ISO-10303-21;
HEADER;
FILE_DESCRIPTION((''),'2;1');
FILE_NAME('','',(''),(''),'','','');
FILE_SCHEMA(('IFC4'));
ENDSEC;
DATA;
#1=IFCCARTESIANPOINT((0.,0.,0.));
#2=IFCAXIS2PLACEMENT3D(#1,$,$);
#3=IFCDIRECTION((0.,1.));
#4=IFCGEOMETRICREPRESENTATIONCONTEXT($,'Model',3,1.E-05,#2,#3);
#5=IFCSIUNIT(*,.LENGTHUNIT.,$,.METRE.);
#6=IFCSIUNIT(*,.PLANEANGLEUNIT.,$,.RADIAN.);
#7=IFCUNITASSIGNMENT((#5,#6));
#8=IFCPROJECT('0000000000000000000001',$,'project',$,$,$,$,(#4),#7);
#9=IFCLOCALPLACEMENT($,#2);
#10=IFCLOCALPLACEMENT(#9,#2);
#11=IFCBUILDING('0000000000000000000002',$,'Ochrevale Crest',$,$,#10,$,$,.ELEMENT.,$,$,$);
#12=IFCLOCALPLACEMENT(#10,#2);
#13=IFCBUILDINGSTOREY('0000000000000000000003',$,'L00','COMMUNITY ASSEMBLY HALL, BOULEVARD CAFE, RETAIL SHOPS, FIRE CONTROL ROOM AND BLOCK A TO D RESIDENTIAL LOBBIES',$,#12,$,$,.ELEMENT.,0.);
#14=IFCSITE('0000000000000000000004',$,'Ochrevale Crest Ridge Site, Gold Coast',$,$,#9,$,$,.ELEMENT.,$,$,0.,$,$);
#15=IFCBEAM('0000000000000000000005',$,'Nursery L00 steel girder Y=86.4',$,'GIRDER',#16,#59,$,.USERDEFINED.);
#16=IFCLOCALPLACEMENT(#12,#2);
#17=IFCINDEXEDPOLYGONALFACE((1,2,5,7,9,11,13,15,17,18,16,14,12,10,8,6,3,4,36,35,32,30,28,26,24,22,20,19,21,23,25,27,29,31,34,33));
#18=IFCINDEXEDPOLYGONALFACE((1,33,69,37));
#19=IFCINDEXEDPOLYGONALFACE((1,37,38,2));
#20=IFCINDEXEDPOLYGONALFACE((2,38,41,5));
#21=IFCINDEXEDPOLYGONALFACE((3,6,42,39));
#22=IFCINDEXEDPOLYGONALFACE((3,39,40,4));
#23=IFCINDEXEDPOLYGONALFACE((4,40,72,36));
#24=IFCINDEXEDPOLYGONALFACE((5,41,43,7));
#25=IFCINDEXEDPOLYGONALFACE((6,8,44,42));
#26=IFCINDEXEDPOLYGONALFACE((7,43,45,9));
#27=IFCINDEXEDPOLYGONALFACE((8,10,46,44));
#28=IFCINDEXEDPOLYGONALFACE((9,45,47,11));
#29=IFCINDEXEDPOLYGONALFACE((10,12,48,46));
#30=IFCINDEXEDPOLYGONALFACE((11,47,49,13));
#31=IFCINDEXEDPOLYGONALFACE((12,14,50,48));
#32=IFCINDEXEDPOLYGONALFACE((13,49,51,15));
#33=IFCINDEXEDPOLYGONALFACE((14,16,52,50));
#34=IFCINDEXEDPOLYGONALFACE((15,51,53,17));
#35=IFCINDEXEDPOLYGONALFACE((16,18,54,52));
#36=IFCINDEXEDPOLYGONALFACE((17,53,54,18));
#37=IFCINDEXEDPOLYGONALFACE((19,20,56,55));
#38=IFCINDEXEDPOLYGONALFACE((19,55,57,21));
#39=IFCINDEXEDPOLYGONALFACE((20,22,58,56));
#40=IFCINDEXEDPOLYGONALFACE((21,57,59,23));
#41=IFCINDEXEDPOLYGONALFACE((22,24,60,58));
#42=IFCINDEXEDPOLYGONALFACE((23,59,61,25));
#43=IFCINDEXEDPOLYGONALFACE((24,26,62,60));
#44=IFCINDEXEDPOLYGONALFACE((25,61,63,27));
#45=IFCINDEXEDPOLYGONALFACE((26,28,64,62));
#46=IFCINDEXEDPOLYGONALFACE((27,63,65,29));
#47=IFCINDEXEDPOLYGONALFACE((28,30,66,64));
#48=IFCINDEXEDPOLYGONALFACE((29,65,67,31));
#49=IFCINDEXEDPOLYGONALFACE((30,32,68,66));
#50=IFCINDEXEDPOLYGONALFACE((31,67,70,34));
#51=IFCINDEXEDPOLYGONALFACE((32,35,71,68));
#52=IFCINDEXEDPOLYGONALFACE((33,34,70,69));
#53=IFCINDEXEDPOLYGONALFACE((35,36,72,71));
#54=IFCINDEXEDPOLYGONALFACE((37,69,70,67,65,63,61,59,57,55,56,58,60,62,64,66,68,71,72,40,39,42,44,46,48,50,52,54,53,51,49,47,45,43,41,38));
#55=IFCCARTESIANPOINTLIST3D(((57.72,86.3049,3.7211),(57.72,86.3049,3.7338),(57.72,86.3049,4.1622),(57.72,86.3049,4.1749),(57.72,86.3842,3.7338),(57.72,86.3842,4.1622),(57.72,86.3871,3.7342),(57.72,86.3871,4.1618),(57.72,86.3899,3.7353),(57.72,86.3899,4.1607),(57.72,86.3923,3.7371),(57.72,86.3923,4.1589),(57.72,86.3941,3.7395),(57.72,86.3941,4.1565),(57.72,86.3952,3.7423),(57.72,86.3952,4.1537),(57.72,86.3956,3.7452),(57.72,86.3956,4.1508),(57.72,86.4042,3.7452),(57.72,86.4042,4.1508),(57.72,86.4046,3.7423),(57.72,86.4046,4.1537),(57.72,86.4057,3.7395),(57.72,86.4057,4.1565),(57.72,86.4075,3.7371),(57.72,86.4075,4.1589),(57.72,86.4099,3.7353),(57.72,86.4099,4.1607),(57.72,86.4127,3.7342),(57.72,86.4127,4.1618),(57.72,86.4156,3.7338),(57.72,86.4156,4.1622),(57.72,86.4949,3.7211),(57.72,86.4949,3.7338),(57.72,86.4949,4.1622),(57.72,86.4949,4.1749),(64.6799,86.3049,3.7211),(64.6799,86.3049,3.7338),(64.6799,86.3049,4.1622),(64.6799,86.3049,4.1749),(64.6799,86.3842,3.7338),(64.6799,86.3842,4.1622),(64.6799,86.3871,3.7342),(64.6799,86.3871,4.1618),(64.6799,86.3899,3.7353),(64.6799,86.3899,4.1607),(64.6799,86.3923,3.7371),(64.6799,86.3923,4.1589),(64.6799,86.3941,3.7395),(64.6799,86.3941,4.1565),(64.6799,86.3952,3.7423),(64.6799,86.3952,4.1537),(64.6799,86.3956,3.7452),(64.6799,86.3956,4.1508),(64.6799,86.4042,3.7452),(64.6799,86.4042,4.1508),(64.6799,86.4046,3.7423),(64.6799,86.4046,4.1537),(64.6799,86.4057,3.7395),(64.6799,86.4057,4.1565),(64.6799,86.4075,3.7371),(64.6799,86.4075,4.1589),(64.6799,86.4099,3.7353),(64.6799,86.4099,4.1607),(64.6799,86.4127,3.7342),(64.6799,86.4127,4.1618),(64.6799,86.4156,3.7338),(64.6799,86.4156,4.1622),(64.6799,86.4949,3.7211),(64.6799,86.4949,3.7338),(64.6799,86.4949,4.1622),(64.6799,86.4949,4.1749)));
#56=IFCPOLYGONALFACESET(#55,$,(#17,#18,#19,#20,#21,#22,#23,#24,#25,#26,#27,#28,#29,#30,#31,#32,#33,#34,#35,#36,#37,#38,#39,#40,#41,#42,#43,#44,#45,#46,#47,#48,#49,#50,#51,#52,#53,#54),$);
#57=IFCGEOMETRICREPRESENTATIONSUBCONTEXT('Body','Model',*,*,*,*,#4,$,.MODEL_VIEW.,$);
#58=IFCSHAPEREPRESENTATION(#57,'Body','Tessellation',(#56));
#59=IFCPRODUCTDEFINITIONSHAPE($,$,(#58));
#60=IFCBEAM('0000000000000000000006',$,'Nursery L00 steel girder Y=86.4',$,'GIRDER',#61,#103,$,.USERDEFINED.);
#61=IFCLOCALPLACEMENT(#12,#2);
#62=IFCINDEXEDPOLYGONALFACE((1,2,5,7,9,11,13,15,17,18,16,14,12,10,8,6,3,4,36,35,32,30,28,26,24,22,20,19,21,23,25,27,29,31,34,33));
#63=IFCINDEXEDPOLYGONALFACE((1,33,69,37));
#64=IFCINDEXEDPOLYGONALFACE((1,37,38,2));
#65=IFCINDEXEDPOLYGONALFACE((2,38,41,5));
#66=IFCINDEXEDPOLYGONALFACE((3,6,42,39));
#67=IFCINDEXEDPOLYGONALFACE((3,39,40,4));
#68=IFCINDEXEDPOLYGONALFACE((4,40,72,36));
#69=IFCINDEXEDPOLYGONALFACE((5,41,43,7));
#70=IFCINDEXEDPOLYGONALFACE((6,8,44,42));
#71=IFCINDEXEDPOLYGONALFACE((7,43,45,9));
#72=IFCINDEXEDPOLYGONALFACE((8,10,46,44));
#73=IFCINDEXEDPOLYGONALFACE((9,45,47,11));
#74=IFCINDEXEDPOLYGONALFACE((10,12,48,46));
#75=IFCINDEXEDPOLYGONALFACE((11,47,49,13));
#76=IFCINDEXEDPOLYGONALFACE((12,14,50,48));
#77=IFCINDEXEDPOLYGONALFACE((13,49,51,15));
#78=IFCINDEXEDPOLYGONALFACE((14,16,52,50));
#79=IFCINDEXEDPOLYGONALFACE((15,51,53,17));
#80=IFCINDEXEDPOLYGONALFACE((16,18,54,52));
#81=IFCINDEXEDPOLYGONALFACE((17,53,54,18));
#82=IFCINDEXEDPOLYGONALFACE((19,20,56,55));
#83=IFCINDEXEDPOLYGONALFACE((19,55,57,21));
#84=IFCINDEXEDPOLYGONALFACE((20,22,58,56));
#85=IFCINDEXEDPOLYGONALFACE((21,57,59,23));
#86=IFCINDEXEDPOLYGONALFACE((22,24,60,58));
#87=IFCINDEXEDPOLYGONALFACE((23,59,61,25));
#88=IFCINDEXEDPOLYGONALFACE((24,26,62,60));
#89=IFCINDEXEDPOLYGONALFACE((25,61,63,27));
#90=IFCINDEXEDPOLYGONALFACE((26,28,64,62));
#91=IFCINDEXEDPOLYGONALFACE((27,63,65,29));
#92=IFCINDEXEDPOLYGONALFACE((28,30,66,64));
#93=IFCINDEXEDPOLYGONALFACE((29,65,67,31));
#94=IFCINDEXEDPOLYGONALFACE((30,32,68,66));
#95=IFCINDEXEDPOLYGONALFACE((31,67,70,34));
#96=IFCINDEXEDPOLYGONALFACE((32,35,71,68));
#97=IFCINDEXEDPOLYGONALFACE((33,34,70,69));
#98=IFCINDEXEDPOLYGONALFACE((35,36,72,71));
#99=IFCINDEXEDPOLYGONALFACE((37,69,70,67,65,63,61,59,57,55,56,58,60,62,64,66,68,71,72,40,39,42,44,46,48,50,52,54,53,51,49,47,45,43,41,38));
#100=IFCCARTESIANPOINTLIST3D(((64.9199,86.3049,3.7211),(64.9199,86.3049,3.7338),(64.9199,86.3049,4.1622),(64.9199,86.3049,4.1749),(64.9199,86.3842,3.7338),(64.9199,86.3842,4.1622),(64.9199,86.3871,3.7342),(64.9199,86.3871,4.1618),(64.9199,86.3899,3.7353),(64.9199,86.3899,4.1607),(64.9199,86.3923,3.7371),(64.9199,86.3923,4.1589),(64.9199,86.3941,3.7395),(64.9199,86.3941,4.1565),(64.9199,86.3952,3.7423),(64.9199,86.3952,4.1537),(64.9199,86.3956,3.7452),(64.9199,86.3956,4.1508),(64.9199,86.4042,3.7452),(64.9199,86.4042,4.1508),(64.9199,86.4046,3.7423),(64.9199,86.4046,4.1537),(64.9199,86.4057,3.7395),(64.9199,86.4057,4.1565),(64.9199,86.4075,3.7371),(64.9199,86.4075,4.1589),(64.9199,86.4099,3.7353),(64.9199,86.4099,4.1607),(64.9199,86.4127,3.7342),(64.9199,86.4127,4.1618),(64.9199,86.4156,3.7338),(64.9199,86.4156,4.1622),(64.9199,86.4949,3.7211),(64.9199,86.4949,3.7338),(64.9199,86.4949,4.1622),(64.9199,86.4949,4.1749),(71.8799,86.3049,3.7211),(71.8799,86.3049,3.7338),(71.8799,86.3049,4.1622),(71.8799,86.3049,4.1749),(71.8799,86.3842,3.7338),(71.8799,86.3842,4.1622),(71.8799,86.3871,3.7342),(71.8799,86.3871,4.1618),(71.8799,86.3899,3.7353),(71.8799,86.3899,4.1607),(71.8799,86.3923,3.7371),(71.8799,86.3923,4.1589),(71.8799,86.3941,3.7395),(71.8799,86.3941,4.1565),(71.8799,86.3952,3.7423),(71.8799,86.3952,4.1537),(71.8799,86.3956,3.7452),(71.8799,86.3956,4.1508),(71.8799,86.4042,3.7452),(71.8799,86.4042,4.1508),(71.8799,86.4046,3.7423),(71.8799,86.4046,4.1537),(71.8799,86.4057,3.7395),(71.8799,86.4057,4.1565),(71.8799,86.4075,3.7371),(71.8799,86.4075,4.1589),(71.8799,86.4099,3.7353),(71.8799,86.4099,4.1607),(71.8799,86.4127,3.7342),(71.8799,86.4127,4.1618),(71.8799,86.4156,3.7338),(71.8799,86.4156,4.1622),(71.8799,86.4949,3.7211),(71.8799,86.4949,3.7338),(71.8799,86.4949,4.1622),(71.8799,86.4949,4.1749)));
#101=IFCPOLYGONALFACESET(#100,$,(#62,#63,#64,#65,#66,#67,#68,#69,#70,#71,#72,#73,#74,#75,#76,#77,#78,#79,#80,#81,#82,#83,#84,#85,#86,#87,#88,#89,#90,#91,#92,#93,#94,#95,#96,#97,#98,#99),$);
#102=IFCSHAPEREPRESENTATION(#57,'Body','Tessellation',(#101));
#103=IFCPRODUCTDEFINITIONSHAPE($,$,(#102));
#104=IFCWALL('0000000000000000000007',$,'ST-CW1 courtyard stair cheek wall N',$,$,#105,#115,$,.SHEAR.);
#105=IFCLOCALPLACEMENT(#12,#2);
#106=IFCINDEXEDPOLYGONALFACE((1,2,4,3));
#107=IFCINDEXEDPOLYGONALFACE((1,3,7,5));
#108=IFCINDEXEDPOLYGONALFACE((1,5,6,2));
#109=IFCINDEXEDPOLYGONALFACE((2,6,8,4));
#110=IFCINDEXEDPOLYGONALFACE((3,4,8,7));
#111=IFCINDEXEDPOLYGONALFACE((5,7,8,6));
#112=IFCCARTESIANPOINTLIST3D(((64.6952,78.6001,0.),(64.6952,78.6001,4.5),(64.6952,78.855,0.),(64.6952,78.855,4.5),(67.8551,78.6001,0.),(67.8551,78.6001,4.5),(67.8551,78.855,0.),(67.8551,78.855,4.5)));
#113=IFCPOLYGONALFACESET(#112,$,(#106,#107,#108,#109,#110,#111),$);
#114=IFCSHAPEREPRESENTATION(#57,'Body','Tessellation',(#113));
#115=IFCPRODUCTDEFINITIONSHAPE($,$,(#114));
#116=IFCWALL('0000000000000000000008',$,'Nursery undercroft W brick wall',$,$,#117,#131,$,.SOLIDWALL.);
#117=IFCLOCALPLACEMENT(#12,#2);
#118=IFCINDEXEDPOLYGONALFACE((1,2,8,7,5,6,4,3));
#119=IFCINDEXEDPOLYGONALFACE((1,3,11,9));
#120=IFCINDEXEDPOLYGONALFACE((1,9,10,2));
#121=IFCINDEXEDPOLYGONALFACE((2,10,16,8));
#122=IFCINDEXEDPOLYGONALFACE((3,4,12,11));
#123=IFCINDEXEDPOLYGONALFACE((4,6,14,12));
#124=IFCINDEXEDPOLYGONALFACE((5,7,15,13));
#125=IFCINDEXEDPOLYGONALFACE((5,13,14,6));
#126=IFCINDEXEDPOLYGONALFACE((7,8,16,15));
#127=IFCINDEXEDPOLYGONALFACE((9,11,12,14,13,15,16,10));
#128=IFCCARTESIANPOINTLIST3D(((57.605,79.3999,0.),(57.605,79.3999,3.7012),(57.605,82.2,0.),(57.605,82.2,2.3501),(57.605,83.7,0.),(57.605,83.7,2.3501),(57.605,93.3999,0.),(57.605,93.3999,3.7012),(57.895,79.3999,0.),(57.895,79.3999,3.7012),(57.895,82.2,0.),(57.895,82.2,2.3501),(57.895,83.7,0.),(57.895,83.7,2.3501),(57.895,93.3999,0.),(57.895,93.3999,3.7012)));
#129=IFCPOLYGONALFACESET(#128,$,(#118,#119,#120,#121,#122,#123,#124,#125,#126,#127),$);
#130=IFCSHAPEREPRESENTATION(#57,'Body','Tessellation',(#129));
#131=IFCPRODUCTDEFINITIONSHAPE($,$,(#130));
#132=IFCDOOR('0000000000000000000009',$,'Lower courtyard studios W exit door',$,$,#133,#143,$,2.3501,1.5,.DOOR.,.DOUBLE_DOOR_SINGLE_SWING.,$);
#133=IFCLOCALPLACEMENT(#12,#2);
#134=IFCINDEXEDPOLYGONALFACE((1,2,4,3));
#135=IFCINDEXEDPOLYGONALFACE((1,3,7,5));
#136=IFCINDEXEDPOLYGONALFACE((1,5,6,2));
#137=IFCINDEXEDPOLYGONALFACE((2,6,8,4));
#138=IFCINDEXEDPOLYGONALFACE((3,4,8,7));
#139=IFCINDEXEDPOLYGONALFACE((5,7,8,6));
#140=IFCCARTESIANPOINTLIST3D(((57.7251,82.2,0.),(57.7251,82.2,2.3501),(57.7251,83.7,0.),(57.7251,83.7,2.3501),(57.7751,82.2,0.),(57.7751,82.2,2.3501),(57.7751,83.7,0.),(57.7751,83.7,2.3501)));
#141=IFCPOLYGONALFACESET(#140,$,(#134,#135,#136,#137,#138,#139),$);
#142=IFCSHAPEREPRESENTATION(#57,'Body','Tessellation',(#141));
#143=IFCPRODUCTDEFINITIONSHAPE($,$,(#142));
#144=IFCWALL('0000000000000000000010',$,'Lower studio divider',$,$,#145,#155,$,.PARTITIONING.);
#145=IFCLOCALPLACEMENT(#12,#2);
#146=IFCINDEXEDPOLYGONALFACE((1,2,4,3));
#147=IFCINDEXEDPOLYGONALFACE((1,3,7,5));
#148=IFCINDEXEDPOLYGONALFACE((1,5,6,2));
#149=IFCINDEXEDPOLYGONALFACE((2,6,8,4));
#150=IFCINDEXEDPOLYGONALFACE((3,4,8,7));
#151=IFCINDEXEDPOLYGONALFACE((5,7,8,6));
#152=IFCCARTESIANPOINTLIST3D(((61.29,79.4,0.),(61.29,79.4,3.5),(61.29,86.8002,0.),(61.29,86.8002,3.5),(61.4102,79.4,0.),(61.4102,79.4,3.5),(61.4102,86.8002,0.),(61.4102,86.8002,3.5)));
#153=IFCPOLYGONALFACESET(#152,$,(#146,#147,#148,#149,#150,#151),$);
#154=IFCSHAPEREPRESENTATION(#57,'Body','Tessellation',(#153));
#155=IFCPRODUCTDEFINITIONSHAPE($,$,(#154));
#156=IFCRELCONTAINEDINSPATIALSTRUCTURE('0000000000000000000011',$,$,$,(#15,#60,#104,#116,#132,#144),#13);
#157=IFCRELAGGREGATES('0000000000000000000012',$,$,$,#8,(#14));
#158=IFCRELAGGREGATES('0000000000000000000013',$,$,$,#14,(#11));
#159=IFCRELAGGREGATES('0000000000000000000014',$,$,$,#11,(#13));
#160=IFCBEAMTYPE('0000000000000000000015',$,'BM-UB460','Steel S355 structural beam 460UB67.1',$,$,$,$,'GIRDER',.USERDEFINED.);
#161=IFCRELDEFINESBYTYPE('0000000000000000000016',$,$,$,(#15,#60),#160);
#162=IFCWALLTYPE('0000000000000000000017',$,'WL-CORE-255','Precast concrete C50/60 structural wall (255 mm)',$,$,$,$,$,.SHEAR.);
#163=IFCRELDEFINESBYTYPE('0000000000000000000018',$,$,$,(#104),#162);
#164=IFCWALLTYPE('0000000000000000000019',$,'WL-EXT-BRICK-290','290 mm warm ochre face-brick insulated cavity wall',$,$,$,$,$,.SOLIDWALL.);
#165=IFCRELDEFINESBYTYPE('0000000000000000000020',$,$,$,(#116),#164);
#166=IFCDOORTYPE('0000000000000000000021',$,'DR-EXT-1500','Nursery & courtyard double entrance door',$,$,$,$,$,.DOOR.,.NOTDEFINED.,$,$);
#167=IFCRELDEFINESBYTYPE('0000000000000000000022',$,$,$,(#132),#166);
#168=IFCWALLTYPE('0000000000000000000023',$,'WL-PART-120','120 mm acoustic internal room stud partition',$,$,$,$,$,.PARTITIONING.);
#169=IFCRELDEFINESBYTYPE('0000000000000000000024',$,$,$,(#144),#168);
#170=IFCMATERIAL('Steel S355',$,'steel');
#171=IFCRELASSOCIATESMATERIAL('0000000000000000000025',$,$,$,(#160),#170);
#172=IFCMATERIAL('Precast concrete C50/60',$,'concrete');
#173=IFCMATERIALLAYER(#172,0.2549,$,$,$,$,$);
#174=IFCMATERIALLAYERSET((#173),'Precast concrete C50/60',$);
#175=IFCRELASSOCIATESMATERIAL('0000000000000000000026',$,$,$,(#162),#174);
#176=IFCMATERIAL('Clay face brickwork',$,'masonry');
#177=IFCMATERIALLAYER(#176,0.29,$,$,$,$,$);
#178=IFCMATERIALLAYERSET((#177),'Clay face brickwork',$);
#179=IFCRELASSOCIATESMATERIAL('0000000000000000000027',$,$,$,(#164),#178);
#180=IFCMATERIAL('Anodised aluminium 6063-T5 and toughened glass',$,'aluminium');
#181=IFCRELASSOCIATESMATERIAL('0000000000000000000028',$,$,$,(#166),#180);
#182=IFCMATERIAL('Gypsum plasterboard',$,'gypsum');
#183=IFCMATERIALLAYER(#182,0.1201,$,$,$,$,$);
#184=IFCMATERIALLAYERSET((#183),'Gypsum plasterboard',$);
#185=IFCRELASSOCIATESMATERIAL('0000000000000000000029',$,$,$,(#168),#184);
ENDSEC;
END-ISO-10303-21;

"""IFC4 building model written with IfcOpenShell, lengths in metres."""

from ifc_helpers import new_model, si_unit, direction, frame, frame_2d, origin, origin_2d, place, context, subcontext, project, spatial, rectangle, i_section, extrude, material, layer, layer_set, material_profile, profile_set, type_object, element, fill, save


model = new_model("IFC4")

# Units and contexts
model_context = context("Model", 3, precision=1e-05, world=origin(), true_north=direction((0.0, 1.0)))
body_context = subcontext(model_context, "Body", "Model", "MODEL_VIEW")
ifc_project = project(units=[si_unit("LENGTHUNIT", "METRE"), si_unit("PLANEANGLEUNIT", "RADIAN")], contexts=[model_context])

# Site, building, storey
site_placement = place(None, origin())
site = spatial("IfcSite", under=ifc_project, at=site_placement, Name="Ochrevale Crest Ridge Site, Gold Coast", CompositionType="ELEMENT", RefElevation=0.0)
building_placement = place(site_placement, origin())
building = spatial("IfcBuilding", under=site, at=building_placement, Name="Ochrevale Crest", CompositionType="ELEMENT")
storey_placement = place(building_placement, origin())
storey = spatial("IfcBuildingStorey", under=building, at=storey_placement, Name="L00", Description="COMMUNITY ASSEMBLY HALL, BOULEVARD CAFE, RETAIL SHOPS, FIRE CONTROL ROOM AND BLOCK A TO D RESIDENTIAL LOBBIES", CompositionType="ELEMENT", Elevation=0.0)

# Shared definitions
ifc_material_1 = material(Name="Steel S355", Category="steel")

# Beams
ifc_material_profile_1 = material_profile(ifc_material_1, i_section(OverallWidth=0.1899, OverallDepth=0.4539, WebThickness=0.0085, FlangeThickness=0.0127, FilletRadius=0.0115, at=origin_2d()), Name="460UB67.1")
ifc_profile_set_1 = profile_set([ifc_material_profile_1], Name="Steel S355")
beam_type_1 = type_object("IfcBeamType", Name="BM-UB460", Description="Steel S355 structural beam 460UB67.1", ElementType="GIRDER", PredefinedType="USERDEFINED", material=ifc_profile_set_1)
for number, where, z_axis, x_axis, name in (
    (1, (57.72, 86.3999, 3.948), (1.0, 0.0, 0.0), (0.0, 1.0, 0.0), "Nursery L00 steel girder Y=86.4"),
    (2, (64.9199, 86.3999, 3.948), (1.0, 0.0, 0.0), (0.0, 1.0, 0.0), "Nursery L00 steel girder Y=86.4"),
):
    element("IfcBeam", number, at=place(storey_placement, frame(where, z_axis=z_axis, x_axis=x_axis)), inside=storey, type_object=beam_type_1, Name=name, ObjectType="GIRDER", PredefinedType="USERDEFINED", context=body_context, shape_type="SweptSolid", body=[
        extrude(i_section(OverallWidth=0.1899, OverallDepth=0.4539, WebThickness=0.0085, FlangeThickness=0.0127, FilletRadius=0.0115, at=origin_2d()), origin(), (0.0, 0.0, 1.0), 6.96),
    ])

# Wall
ifc_material_2 = material(Name="Precast concrete C50/60", Category="concrete")
ifc_layer_1 = layer(ifc_material_2, 0.2549)
ifc_layer_set_1 = layer_set([ifc_layer_1], Name="Precast concrete C50/60")
wall_type_1 = type_object("IfcWallType", Name="WL-CORE-255", Description="Precast concrete C50/60 structural wall (255 mm)", PredefinedType="SHEAR", material=ifc_layer_set_1)
wall_1_placement = place(storey_placement, frame((64.6951, 78.7275, 0.0), z_axis=(0.0, 0.0, 1.0), x_axis=(1.0, 0.0, 0.0)))
element("IfcWall", 3, at=wall_1_placement, inside=storey, type_object=wall_type_1, Name="ST-CW1 courtyard stair cheek wall N", PredefinedType="SHEAR", context=body_context, shape_type="SweptSolid", body=[
    extrude(rectangle(XDim=3.1599, YDim=0.2549, at=frame_2d((1.5801, 0.0))), origin(), (0.0, 0.0, 1.0), 4.5),
])

# Wall, opening, door
ifc_material_3 = material(Name="Clay face brickwork", Category="masonry")
ifc_layer_2 = layer(ifc_material_3, 0.29)
ifc_layer_set_2 = layer_set([ifc_layer_2], Name="Clay face brickwork")
wall_type_2 = type_object("IfcWallType", Name="WL-EXT-BRICK-290", Description="290 mm warm ochre face-brick insulated cavity wall", PredefinedType="SOLIDWALL", material=ifc_layer_set_2)
wall_2_placement = place(storey_placement, frame((57.75, 79.3999, 0.0), z_axis=(0.0, 0.0, 1.0), x_axis=(0.0, 1.0, 0.0)))
wall_2 = element("IfcWall", 4, at=wall_2_placement, inside=storey, type_object=wall_type_2, Name="Nursery undercroft W brick wall", PredefinedType="SOLIDWALL", context=body_context, shape_type="SweptSolid", body=[
    extrude(rectangle(XDim=14.0, YDim=0.29, at=frame_2d((7.0, 0.0))), origin(), (0.0, 0.0, 1.0), 3.7012),
])
opening_placement = place(wall_2_placement, frame((2.8, 0.0, 0.0)))
opening = element("IfcOpeningElement", 5, at=opening_placement, cuts=wall_2, PredefinedType="OPENING", context=body_context, shape_type="SweptSolid", body=[
    extrude(rectangle(XDim=1.5, YDim=2.3501, at=frame_2d((0.75, 1.175))), frame((0.0, 0.155, 0.0), z_axis=(0.0, -1.0, 0.0), x_axis=(1.0, 0.0, 0.0)), (0.0, 0.0, 1.0), 0.3101),
])
ifc_material_4 = material(Name="Anodised aluminium 6063-T5 and toughened glass", Category="aluminium")
door_type = type_object("IfcDoorType", Name="DR-EXT-1500", Description="Nursery & courtyard double entrance door", OperationType="NOTDEFINED", PredefinedType="DOOR", material=ifc_material_4)
door_placement = place(opening_placement, origin())
door = element("IfcDoor", 6, at=door_placement, inside=storey, type_object=door_type, Name="Lower courtyard studios W exit door", OperationType="DOUBLE_DOOR_SINGLE_SWING", OverallHeight=2.3501, OverallWidth=1.5, PredefinedType="DOOR", context=body_context, shape_type="SweptSolid", body=[
    extrude(rectangle(XDim=1.5, YDim=2.3501, at=frame_2d((0.75, 1.175))), frame((0.0, 0.0249, 0.0), z_axis=(0.0, -1.0, 0.0), x_axis=(1.0, 0.0, 0.0)), (0.0, 0.0, 1.0), 0.05),
])
fill(opening, door)

# Wall
ifc_material_5 = material(Name="Gypsum plasterboard", Category="gypsum")
ifc_layer_3 = layer(ifc_material_5, 0.1201)
ifc_layer_set_3 = layer_set([ifc_layer_3], Name="Gypsum plasterboard")
wall_type_3 = type_object("IfcWallType", Name="WL-PART-120", Description="120 mm acoustic internal room stud partition", PredefinedType="PARTITIONING", material=ifc_layer_set_3)
wall_3_placement = place(storey_placement, frame((61.3501, 79.3999, 0.0), z_axis=(0.0, 0.0, 1.0), x_axis=(0.0, 1.0, 0.0)))
element("IfcWall", 7, at=wall_3_placement, inside=storey, type_object=wall_type_3, Name="Lower studio divider", PredefinedType="PARTITIONING", context=body_context, shape_type="SweptSolid", body=[
    extrude(rectangle(XDim=7.4001, YDim=0.1201, at=frame_2d((3.7002, 0.0))), origin(), (0.0, 0.0, 1.0), 3.5),
])

save(model, "model.ifc")
